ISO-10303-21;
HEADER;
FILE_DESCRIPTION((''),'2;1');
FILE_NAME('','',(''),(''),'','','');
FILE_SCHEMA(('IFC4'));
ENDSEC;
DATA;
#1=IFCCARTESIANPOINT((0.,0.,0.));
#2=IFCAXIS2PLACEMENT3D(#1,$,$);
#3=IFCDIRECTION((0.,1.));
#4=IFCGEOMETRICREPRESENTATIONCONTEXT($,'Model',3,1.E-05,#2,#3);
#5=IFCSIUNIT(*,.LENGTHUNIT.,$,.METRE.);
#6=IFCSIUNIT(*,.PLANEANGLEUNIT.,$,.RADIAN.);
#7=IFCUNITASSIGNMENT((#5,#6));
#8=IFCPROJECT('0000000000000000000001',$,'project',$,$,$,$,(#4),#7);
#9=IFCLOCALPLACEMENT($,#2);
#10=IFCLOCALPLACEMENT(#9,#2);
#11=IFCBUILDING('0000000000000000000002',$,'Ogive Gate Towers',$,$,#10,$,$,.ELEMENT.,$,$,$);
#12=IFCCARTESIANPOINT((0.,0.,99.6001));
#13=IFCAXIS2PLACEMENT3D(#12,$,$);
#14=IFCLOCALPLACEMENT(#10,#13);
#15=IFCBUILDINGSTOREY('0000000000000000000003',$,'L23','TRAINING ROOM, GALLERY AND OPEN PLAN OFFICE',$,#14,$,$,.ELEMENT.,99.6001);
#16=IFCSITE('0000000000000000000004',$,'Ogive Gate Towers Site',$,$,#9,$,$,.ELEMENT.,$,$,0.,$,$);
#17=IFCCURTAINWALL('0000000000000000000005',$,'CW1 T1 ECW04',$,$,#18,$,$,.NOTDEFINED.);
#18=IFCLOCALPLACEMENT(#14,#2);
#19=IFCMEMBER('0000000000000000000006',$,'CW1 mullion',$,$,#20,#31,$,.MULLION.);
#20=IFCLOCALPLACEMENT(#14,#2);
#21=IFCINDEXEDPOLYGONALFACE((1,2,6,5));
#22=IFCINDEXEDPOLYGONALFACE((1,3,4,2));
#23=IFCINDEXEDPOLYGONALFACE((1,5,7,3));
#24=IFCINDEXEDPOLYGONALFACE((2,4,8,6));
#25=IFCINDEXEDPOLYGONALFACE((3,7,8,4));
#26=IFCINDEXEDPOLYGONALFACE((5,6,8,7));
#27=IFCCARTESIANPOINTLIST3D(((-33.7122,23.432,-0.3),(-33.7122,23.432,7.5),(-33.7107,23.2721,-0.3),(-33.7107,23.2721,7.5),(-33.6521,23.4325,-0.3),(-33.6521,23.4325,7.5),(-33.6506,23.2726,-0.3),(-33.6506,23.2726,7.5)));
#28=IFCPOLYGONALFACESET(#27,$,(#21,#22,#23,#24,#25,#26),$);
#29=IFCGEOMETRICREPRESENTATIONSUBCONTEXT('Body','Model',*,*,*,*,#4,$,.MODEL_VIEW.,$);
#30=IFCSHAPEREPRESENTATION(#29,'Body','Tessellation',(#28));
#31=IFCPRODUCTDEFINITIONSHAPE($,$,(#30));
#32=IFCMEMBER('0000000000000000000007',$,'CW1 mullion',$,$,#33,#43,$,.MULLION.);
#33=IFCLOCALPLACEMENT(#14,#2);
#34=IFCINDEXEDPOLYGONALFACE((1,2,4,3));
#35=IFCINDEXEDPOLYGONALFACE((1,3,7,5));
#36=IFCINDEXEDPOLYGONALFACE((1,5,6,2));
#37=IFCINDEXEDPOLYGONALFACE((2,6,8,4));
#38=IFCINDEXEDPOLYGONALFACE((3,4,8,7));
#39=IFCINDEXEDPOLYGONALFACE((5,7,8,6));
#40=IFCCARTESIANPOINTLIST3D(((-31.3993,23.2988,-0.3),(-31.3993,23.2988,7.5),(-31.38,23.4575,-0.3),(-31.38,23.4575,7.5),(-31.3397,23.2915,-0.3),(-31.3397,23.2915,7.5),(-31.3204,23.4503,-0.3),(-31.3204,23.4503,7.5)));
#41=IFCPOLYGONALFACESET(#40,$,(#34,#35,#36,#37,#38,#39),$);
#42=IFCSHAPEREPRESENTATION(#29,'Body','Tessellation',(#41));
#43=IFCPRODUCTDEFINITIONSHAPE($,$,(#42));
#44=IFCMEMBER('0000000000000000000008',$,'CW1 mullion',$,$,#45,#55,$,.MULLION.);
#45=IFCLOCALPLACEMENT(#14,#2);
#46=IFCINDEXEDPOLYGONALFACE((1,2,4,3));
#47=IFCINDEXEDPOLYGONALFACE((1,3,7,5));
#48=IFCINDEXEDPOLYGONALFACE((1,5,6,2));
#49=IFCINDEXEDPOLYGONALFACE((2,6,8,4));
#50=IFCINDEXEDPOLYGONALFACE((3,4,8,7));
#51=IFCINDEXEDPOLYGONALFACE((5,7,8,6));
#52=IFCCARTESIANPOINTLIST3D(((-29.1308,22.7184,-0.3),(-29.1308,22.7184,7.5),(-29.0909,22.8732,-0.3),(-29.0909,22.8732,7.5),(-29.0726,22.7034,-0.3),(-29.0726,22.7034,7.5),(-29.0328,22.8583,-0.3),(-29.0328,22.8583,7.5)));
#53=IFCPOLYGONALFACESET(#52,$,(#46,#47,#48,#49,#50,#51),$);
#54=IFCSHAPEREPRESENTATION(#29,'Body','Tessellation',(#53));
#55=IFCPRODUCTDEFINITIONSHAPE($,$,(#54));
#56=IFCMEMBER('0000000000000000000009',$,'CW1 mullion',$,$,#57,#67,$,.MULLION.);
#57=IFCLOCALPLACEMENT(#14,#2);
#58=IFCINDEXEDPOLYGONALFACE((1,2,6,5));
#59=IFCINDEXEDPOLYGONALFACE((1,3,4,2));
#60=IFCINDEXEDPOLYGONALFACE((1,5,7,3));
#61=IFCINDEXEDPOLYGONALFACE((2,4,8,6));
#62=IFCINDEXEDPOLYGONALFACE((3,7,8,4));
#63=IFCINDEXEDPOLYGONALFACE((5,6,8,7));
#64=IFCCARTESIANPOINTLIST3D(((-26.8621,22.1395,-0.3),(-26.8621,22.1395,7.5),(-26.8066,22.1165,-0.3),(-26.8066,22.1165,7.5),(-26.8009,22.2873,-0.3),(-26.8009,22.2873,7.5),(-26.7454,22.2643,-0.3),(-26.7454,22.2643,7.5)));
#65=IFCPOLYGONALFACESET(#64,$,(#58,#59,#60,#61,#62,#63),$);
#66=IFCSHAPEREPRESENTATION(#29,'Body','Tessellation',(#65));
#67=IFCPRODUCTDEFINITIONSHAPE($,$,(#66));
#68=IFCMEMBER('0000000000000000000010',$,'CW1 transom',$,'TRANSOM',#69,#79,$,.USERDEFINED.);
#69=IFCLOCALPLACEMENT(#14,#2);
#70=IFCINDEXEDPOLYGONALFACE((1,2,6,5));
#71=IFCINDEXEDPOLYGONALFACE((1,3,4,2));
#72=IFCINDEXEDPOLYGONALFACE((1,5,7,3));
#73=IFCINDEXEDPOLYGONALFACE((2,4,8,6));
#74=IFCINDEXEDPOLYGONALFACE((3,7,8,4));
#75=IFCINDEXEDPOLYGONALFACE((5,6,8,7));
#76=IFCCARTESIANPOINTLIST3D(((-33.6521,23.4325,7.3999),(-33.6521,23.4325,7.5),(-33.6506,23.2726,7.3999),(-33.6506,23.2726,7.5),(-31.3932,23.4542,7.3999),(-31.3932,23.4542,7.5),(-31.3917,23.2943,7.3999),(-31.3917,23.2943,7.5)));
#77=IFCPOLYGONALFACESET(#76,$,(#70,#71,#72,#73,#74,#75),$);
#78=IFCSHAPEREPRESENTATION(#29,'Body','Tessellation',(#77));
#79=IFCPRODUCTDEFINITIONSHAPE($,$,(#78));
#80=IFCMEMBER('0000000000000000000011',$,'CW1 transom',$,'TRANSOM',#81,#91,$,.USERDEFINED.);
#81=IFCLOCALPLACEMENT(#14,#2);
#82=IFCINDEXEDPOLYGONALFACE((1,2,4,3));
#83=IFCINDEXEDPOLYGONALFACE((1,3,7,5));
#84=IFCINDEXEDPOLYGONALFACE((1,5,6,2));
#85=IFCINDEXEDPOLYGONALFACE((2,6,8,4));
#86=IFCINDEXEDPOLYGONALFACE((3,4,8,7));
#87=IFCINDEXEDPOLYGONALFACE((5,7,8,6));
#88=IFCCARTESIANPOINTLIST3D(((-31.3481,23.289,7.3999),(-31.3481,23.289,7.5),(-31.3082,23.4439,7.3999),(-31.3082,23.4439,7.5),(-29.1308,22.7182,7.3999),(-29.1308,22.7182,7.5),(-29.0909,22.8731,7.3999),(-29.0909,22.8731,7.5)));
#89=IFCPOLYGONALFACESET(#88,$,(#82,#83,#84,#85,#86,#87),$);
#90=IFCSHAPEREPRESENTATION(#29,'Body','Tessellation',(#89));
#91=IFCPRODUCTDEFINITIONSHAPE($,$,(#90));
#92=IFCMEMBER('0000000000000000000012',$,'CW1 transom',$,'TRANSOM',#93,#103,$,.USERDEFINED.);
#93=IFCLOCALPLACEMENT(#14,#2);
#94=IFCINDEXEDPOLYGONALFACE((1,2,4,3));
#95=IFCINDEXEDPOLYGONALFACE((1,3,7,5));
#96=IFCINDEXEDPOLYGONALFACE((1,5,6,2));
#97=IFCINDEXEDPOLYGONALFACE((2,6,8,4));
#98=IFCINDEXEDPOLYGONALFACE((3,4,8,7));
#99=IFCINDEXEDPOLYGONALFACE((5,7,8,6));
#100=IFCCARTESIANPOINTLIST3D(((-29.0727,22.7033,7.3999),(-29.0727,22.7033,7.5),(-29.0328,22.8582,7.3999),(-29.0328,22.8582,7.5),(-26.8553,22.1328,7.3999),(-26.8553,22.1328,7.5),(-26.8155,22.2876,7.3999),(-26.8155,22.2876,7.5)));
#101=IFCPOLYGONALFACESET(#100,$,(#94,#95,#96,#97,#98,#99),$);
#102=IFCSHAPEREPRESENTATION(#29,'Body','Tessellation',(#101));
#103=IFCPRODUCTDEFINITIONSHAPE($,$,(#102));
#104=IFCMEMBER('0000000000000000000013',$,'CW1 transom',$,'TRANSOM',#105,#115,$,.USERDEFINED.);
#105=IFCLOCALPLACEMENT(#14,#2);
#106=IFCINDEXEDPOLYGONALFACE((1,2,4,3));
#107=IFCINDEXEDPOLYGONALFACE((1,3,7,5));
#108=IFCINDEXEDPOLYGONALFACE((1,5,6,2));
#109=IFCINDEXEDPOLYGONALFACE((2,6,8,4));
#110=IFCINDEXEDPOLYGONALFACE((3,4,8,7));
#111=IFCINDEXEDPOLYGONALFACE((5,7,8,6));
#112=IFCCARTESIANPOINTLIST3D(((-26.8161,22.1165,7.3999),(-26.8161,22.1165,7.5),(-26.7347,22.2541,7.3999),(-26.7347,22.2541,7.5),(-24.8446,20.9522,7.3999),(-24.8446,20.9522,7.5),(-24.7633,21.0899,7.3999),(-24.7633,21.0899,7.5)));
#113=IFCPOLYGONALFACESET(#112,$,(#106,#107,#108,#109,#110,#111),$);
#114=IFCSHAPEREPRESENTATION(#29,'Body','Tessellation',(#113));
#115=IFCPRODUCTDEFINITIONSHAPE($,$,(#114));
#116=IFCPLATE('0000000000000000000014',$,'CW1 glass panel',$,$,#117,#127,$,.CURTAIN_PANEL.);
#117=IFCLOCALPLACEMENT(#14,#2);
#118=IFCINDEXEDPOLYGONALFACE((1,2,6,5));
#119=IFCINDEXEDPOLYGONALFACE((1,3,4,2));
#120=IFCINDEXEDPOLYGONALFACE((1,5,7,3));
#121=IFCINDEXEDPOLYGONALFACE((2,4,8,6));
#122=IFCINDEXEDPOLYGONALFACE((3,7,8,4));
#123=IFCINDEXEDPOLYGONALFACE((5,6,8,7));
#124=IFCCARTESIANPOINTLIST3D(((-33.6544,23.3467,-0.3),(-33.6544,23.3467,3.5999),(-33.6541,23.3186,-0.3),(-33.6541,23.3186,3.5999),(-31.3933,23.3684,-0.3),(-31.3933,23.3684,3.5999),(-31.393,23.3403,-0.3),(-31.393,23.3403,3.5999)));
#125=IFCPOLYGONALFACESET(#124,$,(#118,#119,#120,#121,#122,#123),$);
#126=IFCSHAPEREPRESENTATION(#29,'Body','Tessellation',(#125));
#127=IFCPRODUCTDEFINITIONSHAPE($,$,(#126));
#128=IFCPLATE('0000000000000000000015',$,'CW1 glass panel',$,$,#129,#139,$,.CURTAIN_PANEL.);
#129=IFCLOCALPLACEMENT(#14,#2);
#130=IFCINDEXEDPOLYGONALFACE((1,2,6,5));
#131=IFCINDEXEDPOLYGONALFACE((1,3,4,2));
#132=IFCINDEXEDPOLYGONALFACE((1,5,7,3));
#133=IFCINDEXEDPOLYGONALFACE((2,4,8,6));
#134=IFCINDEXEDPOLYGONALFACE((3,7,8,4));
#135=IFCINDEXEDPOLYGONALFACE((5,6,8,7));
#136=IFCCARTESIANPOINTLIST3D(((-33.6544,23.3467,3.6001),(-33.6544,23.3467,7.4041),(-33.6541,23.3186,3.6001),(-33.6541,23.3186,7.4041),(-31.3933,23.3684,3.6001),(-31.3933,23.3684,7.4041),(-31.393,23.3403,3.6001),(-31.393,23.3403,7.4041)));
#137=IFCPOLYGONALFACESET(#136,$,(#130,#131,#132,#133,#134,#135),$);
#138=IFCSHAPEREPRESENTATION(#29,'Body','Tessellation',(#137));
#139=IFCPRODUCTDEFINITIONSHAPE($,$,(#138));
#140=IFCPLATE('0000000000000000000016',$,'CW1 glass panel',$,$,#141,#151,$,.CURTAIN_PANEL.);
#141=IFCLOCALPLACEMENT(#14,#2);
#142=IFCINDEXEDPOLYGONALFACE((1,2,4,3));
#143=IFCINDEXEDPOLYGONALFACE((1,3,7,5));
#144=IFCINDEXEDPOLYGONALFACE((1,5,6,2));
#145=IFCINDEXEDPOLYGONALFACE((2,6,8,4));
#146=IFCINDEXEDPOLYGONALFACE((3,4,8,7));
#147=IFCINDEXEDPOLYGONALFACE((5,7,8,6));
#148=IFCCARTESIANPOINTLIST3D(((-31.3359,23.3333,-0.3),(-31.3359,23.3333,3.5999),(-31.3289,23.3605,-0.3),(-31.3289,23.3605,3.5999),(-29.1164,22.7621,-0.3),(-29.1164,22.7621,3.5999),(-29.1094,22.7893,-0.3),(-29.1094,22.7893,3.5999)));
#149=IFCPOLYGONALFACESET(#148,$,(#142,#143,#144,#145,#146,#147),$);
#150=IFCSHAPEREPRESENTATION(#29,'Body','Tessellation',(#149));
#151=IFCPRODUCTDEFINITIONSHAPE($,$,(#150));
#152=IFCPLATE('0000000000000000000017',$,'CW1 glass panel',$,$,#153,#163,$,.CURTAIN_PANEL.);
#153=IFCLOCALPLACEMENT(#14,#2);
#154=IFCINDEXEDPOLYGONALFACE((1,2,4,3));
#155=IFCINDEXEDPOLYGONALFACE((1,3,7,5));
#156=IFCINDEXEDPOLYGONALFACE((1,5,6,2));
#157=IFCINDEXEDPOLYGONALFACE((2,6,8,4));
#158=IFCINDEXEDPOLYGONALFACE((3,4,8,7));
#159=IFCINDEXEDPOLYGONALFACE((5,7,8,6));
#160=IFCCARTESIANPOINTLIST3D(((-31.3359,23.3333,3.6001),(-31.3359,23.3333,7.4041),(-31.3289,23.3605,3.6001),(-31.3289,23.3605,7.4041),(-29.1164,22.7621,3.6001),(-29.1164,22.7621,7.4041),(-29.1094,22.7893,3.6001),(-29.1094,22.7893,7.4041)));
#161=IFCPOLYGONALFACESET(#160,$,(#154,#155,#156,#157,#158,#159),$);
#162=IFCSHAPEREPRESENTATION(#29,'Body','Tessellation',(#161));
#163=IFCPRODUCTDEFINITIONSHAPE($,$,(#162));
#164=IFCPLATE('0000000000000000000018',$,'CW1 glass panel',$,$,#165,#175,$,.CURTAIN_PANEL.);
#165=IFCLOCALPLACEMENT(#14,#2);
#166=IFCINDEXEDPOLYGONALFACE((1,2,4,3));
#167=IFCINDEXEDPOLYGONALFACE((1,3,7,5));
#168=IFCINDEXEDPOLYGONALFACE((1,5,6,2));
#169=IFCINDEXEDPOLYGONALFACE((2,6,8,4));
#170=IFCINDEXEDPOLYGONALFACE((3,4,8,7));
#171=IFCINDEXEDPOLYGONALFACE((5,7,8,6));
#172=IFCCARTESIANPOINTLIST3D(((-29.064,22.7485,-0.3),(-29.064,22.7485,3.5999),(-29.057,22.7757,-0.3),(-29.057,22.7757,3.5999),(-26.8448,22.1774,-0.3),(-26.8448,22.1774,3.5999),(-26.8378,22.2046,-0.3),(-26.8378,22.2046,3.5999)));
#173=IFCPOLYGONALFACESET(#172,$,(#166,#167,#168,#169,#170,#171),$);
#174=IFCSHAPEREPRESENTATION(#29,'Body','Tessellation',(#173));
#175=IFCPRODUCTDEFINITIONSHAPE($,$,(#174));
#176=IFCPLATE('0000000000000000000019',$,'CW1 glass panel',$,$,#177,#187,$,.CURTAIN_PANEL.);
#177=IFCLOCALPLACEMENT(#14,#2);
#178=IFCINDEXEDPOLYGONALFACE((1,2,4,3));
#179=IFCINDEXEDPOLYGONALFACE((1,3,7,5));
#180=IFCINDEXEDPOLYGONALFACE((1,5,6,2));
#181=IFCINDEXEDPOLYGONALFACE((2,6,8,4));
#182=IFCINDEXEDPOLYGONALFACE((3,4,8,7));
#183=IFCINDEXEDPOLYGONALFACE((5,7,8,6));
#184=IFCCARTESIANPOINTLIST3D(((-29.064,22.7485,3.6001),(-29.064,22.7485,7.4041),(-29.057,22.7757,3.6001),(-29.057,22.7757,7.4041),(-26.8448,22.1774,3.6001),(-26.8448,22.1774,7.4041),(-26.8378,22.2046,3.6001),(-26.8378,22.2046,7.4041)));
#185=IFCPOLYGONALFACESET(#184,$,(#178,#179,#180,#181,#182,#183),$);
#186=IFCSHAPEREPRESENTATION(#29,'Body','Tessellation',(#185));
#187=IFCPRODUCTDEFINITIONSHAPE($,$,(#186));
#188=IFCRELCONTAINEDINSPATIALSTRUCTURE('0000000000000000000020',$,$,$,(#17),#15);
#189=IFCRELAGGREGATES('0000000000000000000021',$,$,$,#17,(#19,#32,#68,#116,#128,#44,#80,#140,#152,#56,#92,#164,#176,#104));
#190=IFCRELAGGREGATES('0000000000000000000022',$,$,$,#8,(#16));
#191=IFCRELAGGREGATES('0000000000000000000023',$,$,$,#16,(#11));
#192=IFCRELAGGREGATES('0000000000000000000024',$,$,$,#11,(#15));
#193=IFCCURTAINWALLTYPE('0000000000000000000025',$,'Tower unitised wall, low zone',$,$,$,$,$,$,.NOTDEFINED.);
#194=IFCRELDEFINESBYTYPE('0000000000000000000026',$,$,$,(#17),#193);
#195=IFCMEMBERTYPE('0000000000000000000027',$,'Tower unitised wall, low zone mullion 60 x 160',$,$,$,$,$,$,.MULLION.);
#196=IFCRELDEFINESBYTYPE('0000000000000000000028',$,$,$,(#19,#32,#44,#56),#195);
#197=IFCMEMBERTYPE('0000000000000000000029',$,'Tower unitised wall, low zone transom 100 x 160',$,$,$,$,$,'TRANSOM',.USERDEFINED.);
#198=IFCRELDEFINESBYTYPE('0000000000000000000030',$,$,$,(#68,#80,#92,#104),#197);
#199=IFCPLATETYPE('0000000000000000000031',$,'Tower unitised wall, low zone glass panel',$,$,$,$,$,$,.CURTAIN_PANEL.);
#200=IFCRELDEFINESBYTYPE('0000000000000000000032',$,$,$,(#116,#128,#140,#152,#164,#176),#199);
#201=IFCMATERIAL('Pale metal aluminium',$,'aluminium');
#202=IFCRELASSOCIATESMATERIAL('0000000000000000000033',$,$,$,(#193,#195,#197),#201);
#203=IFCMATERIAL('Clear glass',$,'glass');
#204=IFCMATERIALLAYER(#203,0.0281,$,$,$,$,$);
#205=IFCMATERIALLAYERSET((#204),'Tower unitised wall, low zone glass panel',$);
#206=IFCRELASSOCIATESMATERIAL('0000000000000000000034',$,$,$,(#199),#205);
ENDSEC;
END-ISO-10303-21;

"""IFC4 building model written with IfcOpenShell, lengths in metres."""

from ifc_helpers import new_model, si_unit, direction, frame, origin, origin_2d, place, context, subcontext, project, spatial, rectangle, extrude, material, layer, layer_set, material_profile, profile_set, type_object, element, aggregate, save


model = new_model("IFC4")

# Units and contexts
model_context = context("Model", 3, precision=1e-05, world=origin(), true_north=direction((0.0, 1.0)))
body_context = subcontext(model_context, "Body", "Model", "MODEL_VIEW")
ifc_project = project(units=[si_unit("LENGTHUNIT", "METRE"), si_unit("PLANEANGLEUNIT", "RADIAN")], contexts=[model_context])

# Site, building, storey
site_placement = place(None, origin())
site = spatial("IfcSite", under=ifc_project, at=site_placement, Name="Ogive Gate Towers Site", CompositionType="ELEMENT", RefElevation=0.0)
building_placement = place(site_placement, origin())
building = spatial("IfcBuilding", under=site, at=building_placement, Name="Ogive Gate Towers", CompositionType="ELEMENT")
storey_placement = place(building_placement, frame((0.0, 0.0, 99.6001)))
storey = spatial("IfcBuildingStorey", under=building, at=storey_placement, Name="L23", Description="TRAINING ROOM, GALLERY AND OPEN PLAN OFFICE", CompositionType="ELEMENT", Elevation=99.6001)

# Curtain wall, members, plates
ifc_material_1 = material(Name="Pale metal aluminium", Category="aluminium")
curtain_wall_type = type_object("IfcCurtainWallType", Name="Tower unitised wall, low zone", PredefinedType="NOTDEFINED", material=ifc_material_1)
curtain_wall_placement = place(storey_placement, origin())
curtain_wall = element("IfcCurtainWall", 1, at=curtain_wall_placement, inside=storey, type_object=curtain_wall_type, Name="CW1 T1 ECW04", PredefinedType="NOTDEFINED")
ifc_material_profile_1 = material_profile(ifc_material_1, rectangle(XDim=0.1599, YDim=0.0601, at=origin_2d()), Name="60 x 160 aluminium box")
ifc_profile_set_1 = profile_set([ifc_material_profile_1], Name="Pale metal aluminium")
member_type_1 = type_object("IfcMemberType", Name="Tower unitised wall, low zone mullion 60 x 160", PredefinedType="MULLION", material=ifc_profile_set_1)
member_1_placement = place(storey_placement, frame((-33.6814, 23.3523, -0.3), z_axis=(0.0, 0.0, 1.0), x_axis=(0.009599, -0.999954, 0.0)))
member_1 = element("IfcMember", 2, at=member_1_placement, type_object=member_type_1, Name="CW1 mullion", PredefinedType="MULLION", context=body_context, shape_type="SweptSolid", body=[
    extrude(rectangle(XDim=0.1599, YDim=0.0601, at=origin_2d()), origin(), (0.0, 0.0, 1.0), 7.8),
])
member_2_placement = place(storey_placement, frame((-31.3599, 23.3745, -0.3), z_axis=(0.0, 0.0, 1.0), x_axis=(-0.120865, -0.992669, 0.0)))
member_2 = element("IfcMember", 3, at=member_2_placement, type_object=member_type_1, Name="CW1 mullion", PredefinedType="MULLION", context=body_context, shape_type="SweptSolid", body=[
    extrude(rectangle(XDim=0.1599, YDim=0.0601, at=origin_2d()), origin(), (0.0, 0.0, 1.0), 7.8),
])
member_3_placement = place(storey_placement, frame((-29.0818, 22.7883, -0.3), z_axis=(0.0, 0.0, 1.0), x_axis=(-0.249248, -0.96844, 0.0)))
member_3 = element("IfcMember", 4, at=member_3_placement, type_object=member_type_1, Name="CW1 mullion", PredefinedType="MULLION", context=body_context, shape_type="SweptSolid", body=[
    extrude(rectangle(XDim=0.1599, YDim=0.0601, at=origin_2d()), origin(), (0.0, 0.0, 1.0), 7.8),
])
member_4_placement = place(storey_placement, frame((-26.8037, 22.2019, -0.3), z_axis=(0.0, 0.0, 1.0), x_axis=(-0.382683, -0.92388, 0.0)))
member_4 = element("IfcMember", 5, at=member_4_placement, type_object=member_type_1, Name="CW1 mullion", PredefinedType="MULLION", context=body_context, shape_type="SweptSolid", body=[
    extrude(rectangle(XDim=0.1599, YDim=0.0601, at=origin_2d()), origin(), (0.0, 0.0, 1.0), 7.8),
])
ifc_material_profile_2 = material_profile(ifc_material_1, rectangle(XDim=0.1599, YDim=0.1001, at=origin_2d()), Name="100 x 160 aluminium box")
ifc_profile_set_2 = profile_set([ifc_material_profile_2], Name="Pale metal aluminium")
member_type_2 = type_object("IfcMemberType", Name="Tower unitised wall, low zone transom 100 x 160", ElementType="TRANSOM", PredefinedType="USERDEFINED", material=ifc_profile_set_2)
member_5_placement = place(storey_placement, frame((-33.6514, 23.3525, 7.45), z_axis=(0.999954, 0.009618, 0.0), x_axis=(-0.009618, 0.999954, 0.0)))
member_5 = element("IfcMember", 6, at=member_5_placement, type_object=member_type_2, Name="CW1 transom", ObjectType="TRANSOM", PredefinedType="USERDEFINED", context=body_context, shape_type="SweptSolid", body=[
    extrude(rectangle(XDim=0.1599, YDim=0.1001, at=origin_2d()), origin(), (0.0, 0.0, 1.0), 2.259),
])
member_6_placement = place(storey_placement, frame((-31.3281, 23.3665, 7.45), z_axis=(0.968425, -0.249304, 0.0), x_axis=(0.249304, 0.968425, 0.0)))
member_6 = element("IfcMember", 7, at=member_6_placement, type_object=member_type_2, Name="CW1 transom", ObjectType="TRANSOM", PredefinedType="USERDEFINED", context=body_context, shape_type="SweptSolid", body=[
    extrude(rectangle(XDim=0.1599, YDim=0.1001, at=origin_2d()), origin(), (0.0, 0.0, 1.0), 2.2896),
])
member_7_placement = place(storey_placement, frame((-29.0527, 22.7808, 7.45), z_axis=(0.968451, -0.249204, 0.0), x_axis=(0.249204, 0.968451, 0.0)))
member_7 = element("IfcMember", 8, at=member_7_placement, type_object=member_type_2, Name="CW1 transom", ObjectType="TRANSOM", PredefinedType="USERDEFINED", context=body_context, shape_type="SweptSolid", body=[
    extrude(rectangle(XDim=0.1599, YDim=0.1001, at=origin_2d()), origin(), (0.0, 0.0, 1.0), 2.2896),
])
member_8_placement = place(storey_placement, frame((-26.7754, 22.1853, 7.45), z_axis=(0.861048, -0.508525, 0.0), x_axis=(0.508525, 0.861048, 0.0)))
member_8 = element("IfcMember", 9, at=member_8_placement, type_object=member_type_2, Name="CW1 transom", ObjectType="TRANSOM", PredefinedType="USERDEFINED", context=body_context, shape_type="SweptSolid", body=[
    extrude(rectangle(XDim=0.1599, YDim=0.1001, at=origin_2d()), origin(), (0.0, 0.0, 1.0), 2.2896),
])
ifc_material_2 = material(Name="Clear glass", Category="glass")
ifc_layer_1 = layer(ifc_material_2, 0.0281)
ifc_layer_set_1 = layer_set([ifc_layer_1], Name="Tower unitised wall, low zone glass panel")
plate_type = type_object("IfcPlateType", Name="Tower unitised wall, low zone glass panel", PredefinedType="CURTAIN_PANEL", material=ifc_layer_set_1)
plate_1_placement = place(storey_placement, frame((-32.5237, 23.3435, -0.3), z_axis=(0.0, 0.0, 1.0), x_axis=(0.999954, 0.009582, 0.0)))
plate_1 = element("IfcPlate", 10, at=plate_1_placement, type_object=plate_type, Name="CW1 glass panel", PredefinedType="CURTAIN_PANEL", context=body_context, shape_type="SweptSolid", body=[
    extrude(rectangle(XDim=2.2612, YDim=0.0281, at=origin_2d()), origin(), (0.0, 0.0, 1.0), 3.8999),
])
plate_2_placement = place(storey_placement, frame((-32.5237, 23.3435, 3.6001), z_axis=(0.0, 0.0, 1.0), x_axis=(0.999954, 0.009582, 0.0)))
plate_2 = element("IfcPlate", 11, at=plate_2_placement, type_object=plate_type, Name="CW1 glass panel", PredefinedType="CURTAIN_PANEL", context=body_context, shape_type="SweptSolid", body=[
    extrude(rectangle(XDim=2.2612, YDim=0.0281, at=origin_2d()), origin(), (0.0, 0.0, 1.0), 3.804),
])
plate_3_placement = place(storey_placement, frame((-30.2227, 23.0613, -0.3), z_axis=(0.0, 0.0, 1.0), x_axis=(0.96844, -0.249248, 0.0)))
plate_3 = element("IfcPlate", 12, at=plate_3_placement, type_object=plate_type, Name="CW1 glass panel", PredefinedType="CURTAIN_PANEL", context=body_context, shape_type="SweptSolid", body=[
    extrude(rectangle(XDim=2.2917, YDim=0.0281, at=origin_2d()), origin(), (0.0, 0.0, 1.0), 3.8999),
])
plate_4_placement = place(storey_placement, frame((-30.2227, 23.0613, 3.6001), z_axis=(0.0, 0.0, 1.0), x_axis=(0.96844, -0.249248, 0.0)))
plate_4 = element("IfcPlate", 13, at=plate_4_placement, type_object=plate_type, Name="CW1 glass panel", PredefinedType="CURTAIN_PANEL", context=body_context, shape_type="SweptSolid", body=[
    extrude(rectangle(XDim=2.2917, YDim=0.0281, at=origin_2d()), origin(), (0.0, 0.0, 1.0), 3.804),
])
plate_5_placement = place(storey_placement, frame((-27.9509, 22.4766, -0.3), z_axis=(0.0, 0.0, 1.0), x_axis=(0.96844, -0.249248, 0.0)))
plate_5 = element("IfcPlate", 14, at=plate_5_placement, type_object=plate_type, Name="CW1 glass panel", PredefinedType="CURTAIN_PANEL", context=body_context, shape_type="SweptSolid", body=[
    extrude(rectangle(XDim=2.2915, YDim=0.0281, at=origin_2d()), origin(), (0.0, 0.0, 1.0), 3.8999),
])
plate_6_placement = place(storey_placement, frame((-27.9509, 22.4766, 3.6001), z_axis=(0.0, 0.0, 1.0), x_axis=(0.96844, -0.249248, 0.0)))
plate_6 = element("IfcPlate", 15, at=plate_6_placement, type_object=plate_type, Name="CW1 glass panel", PredefinedType="CURTAIN_PANEL", context=body_context, shape_type="SweptSolid", body=[
    extrude(rectangle(XDim=2.2915, YDim=0.0281, at=origin_2d()), origin(), (0.0, 0.0, 1.0), 3.804),
])
aggregate(curtain_wall, [member_1, member_2, member_5, plate_1, plate_2, member_3, member_6, plate_3, plate_4, member_4, member_7, plate_5, plate_6, member_8])

save(model, "model.ifc")
